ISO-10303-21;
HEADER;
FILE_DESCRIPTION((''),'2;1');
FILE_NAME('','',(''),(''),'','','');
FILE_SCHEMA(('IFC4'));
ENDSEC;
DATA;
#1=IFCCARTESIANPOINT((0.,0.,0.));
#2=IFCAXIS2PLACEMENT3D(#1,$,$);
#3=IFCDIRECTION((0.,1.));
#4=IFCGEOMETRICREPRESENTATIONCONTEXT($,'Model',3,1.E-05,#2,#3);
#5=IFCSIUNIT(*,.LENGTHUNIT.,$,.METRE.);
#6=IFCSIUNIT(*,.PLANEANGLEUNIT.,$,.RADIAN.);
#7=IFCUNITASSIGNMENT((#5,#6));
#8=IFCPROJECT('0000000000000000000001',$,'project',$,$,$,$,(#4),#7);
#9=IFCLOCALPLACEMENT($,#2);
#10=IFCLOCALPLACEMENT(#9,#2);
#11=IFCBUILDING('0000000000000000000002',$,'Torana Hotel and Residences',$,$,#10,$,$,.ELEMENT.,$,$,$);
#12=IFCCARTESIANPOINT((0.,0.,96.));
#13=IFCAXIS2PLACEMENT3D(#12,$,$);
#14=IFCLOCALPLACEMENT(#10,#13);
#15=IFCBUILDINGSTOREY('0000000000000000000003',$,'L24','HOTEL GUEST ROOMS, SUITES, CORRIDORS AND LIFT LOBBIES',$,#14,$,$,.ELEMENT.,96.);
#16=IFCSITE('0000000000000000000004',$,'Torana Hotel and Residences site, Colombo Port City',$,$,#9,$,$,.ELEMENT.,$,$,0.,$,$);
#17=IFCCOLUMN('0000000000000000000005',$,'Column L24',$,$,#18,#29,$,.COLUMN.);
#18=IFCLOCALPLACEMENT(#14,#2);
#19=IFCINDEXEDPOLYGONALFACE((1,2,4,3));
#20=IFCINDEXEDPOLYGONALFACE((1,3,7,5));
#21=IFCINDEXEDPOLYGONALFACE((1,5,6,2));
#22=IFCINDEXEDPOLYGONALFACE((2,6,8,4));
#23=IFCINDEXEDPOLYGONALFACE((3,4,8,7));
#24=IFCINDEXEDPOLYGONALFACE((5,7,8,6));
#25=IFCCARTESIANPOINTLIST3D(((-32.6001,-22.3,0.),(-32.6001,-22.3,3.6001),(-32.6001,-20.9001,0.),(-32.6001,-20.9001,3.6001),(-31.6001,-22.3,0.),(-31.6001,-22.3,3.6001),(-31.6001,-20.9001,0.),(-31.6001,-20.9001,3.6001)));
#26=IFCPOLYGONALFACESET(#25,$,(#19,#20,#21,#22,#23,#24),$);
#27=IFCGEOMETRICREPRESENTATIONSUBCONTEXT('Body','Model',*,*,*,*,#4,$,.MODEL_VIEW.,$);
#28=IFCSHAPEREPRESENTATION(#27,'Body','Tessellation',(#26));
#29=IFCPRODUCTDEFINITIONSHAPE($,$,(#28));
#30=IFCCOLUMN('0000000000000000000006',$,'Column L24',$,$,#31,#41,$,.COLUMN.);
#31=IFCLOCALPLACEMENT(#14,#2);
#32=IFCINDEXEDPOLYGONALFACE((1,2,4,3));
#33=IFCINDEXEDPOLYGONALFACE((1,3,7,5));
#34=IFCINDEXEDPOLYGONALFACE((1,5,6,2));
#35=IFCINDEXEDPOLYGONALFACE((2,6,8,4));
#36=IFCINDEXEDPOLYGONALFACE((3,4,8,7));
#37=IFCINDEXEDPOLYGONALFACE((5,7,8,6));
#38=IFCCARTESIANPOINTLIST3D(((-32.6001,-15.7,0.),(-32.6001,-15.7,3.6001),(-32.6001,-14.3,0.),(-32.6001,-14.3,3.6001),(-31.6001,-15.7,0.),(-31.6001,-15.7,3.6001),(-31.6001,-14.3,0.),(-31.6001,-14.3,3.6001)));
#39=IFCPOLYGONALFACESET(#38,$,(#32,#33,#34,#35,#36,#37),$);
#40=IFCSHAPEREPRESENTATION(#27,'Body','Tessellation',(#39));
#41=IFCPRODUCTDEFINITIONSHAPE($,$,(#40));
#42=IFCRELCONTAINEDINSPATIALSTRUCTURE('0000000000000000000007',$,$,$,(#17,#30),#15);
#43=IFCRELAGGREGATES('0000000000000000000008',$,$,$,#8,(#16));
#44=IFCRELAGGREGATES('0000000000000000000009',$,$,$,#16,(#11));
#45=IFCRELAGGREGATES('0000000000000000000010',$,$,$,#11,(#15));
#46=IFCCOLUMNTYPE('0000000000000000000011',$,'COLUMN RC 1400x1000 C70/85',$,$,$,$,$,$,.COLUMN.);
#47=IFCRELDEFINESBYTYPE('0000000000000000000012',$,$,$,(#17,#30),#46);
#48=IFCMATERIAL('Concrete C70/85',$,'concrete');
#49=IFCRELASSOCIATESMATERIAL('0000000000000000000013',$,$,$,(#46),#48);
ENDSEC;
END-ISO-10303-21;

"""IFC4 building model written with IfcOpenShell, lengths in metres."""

from ifc_helpers import new_model, si_unit, direction, frame, origin, origin_2d, place, context, subcontext, project, spatial, rectangle, extrude, material, material_profile, profile_set, type_object, element, save


model = new_model("IFC4")

# Units and contexts
model_context = context("Model", 3, precision=1e-05, world=origin(), true_north=direction((0.0, 1.0)))
body_context = subcontext(model_context, "Body", "Model", "MODEL_VIEW")
ifc_project = project(units=[si_unit("LENGTHUNIT", "METRE"), si_unit("PLANEANGLEUNIT", "RADIAN")], contexts=[model_context])

# Site, building, storey
site_placement = place(None, origin())
site = spatial("IfcSite", under=ifc_project, at=site_placement, Name="Torana Hotel and Residences site, Colombo Port City", CompositionType="ELEMENT", RefElevation=0.0)
building_placement = place(site_placement, origin())
building = spatial("IfcBuilding", under=site, at=building_placement, Name="Torana Hotel and Residences", CompositionType="ELEMENT")
storey_placement = place(building_placement, frame((0.0, 0.0, 96.0)))
storey = spatial("IfcBuildingStorey", under=building, at=storey_placement, Name="L24", Description="HOTEL GUEST ROOMS, SUITES, CORRIDORS AND LIFT LOBBIES", CompositionType="ELEMENT", Elevation=96.0)

# Columns
ifc_material_1 = material(Name="Concrete C70/85", Category="concrete")
ifc_material_profile = material_profile(ifc_material_1, rectangle(XDim=1.3999, YDim=1.0, at=origin_2d()), Name="RC 1400x1000")
ifc_profile_set = profile_set([ifc_material_profile], Name="Concrete C70/85")
column_type = type_object("IfcColumnType", Name="COLUMN RC 1400x1000 C70/85", PredefinedType="COLUMN", material=ifc_profile_set)
for number, where, z_axis, x_axis, name in (
    (1, (-32.1001, -21.6001, 0.0), (0.0, 0.0, 1.0), (0.0, 1.0, 0.0), "Column L24"),
    (2, (-32.1001, -15.0, 0.0), (0.0, 0.0, 1.0), (0.0, 1.0, 0.0), "Column L24"),
):
    element("IfcColumn", number, at=place(storey_placement, frame(where, z_axis=z_axis, x_axis=x_axis)), inside=storey, type_object=column_type, Name=name, PredefinedType="COLUMN", context=body_context, shape_type="SweptSolid", body=[
        extrude(rectangle(XDim=1.3999, YDim=1.0, at=origin_2d()), origin(), (0.0, 0.0, 1.0), 3.6001),
    ])

save(model, "model.ifc")
